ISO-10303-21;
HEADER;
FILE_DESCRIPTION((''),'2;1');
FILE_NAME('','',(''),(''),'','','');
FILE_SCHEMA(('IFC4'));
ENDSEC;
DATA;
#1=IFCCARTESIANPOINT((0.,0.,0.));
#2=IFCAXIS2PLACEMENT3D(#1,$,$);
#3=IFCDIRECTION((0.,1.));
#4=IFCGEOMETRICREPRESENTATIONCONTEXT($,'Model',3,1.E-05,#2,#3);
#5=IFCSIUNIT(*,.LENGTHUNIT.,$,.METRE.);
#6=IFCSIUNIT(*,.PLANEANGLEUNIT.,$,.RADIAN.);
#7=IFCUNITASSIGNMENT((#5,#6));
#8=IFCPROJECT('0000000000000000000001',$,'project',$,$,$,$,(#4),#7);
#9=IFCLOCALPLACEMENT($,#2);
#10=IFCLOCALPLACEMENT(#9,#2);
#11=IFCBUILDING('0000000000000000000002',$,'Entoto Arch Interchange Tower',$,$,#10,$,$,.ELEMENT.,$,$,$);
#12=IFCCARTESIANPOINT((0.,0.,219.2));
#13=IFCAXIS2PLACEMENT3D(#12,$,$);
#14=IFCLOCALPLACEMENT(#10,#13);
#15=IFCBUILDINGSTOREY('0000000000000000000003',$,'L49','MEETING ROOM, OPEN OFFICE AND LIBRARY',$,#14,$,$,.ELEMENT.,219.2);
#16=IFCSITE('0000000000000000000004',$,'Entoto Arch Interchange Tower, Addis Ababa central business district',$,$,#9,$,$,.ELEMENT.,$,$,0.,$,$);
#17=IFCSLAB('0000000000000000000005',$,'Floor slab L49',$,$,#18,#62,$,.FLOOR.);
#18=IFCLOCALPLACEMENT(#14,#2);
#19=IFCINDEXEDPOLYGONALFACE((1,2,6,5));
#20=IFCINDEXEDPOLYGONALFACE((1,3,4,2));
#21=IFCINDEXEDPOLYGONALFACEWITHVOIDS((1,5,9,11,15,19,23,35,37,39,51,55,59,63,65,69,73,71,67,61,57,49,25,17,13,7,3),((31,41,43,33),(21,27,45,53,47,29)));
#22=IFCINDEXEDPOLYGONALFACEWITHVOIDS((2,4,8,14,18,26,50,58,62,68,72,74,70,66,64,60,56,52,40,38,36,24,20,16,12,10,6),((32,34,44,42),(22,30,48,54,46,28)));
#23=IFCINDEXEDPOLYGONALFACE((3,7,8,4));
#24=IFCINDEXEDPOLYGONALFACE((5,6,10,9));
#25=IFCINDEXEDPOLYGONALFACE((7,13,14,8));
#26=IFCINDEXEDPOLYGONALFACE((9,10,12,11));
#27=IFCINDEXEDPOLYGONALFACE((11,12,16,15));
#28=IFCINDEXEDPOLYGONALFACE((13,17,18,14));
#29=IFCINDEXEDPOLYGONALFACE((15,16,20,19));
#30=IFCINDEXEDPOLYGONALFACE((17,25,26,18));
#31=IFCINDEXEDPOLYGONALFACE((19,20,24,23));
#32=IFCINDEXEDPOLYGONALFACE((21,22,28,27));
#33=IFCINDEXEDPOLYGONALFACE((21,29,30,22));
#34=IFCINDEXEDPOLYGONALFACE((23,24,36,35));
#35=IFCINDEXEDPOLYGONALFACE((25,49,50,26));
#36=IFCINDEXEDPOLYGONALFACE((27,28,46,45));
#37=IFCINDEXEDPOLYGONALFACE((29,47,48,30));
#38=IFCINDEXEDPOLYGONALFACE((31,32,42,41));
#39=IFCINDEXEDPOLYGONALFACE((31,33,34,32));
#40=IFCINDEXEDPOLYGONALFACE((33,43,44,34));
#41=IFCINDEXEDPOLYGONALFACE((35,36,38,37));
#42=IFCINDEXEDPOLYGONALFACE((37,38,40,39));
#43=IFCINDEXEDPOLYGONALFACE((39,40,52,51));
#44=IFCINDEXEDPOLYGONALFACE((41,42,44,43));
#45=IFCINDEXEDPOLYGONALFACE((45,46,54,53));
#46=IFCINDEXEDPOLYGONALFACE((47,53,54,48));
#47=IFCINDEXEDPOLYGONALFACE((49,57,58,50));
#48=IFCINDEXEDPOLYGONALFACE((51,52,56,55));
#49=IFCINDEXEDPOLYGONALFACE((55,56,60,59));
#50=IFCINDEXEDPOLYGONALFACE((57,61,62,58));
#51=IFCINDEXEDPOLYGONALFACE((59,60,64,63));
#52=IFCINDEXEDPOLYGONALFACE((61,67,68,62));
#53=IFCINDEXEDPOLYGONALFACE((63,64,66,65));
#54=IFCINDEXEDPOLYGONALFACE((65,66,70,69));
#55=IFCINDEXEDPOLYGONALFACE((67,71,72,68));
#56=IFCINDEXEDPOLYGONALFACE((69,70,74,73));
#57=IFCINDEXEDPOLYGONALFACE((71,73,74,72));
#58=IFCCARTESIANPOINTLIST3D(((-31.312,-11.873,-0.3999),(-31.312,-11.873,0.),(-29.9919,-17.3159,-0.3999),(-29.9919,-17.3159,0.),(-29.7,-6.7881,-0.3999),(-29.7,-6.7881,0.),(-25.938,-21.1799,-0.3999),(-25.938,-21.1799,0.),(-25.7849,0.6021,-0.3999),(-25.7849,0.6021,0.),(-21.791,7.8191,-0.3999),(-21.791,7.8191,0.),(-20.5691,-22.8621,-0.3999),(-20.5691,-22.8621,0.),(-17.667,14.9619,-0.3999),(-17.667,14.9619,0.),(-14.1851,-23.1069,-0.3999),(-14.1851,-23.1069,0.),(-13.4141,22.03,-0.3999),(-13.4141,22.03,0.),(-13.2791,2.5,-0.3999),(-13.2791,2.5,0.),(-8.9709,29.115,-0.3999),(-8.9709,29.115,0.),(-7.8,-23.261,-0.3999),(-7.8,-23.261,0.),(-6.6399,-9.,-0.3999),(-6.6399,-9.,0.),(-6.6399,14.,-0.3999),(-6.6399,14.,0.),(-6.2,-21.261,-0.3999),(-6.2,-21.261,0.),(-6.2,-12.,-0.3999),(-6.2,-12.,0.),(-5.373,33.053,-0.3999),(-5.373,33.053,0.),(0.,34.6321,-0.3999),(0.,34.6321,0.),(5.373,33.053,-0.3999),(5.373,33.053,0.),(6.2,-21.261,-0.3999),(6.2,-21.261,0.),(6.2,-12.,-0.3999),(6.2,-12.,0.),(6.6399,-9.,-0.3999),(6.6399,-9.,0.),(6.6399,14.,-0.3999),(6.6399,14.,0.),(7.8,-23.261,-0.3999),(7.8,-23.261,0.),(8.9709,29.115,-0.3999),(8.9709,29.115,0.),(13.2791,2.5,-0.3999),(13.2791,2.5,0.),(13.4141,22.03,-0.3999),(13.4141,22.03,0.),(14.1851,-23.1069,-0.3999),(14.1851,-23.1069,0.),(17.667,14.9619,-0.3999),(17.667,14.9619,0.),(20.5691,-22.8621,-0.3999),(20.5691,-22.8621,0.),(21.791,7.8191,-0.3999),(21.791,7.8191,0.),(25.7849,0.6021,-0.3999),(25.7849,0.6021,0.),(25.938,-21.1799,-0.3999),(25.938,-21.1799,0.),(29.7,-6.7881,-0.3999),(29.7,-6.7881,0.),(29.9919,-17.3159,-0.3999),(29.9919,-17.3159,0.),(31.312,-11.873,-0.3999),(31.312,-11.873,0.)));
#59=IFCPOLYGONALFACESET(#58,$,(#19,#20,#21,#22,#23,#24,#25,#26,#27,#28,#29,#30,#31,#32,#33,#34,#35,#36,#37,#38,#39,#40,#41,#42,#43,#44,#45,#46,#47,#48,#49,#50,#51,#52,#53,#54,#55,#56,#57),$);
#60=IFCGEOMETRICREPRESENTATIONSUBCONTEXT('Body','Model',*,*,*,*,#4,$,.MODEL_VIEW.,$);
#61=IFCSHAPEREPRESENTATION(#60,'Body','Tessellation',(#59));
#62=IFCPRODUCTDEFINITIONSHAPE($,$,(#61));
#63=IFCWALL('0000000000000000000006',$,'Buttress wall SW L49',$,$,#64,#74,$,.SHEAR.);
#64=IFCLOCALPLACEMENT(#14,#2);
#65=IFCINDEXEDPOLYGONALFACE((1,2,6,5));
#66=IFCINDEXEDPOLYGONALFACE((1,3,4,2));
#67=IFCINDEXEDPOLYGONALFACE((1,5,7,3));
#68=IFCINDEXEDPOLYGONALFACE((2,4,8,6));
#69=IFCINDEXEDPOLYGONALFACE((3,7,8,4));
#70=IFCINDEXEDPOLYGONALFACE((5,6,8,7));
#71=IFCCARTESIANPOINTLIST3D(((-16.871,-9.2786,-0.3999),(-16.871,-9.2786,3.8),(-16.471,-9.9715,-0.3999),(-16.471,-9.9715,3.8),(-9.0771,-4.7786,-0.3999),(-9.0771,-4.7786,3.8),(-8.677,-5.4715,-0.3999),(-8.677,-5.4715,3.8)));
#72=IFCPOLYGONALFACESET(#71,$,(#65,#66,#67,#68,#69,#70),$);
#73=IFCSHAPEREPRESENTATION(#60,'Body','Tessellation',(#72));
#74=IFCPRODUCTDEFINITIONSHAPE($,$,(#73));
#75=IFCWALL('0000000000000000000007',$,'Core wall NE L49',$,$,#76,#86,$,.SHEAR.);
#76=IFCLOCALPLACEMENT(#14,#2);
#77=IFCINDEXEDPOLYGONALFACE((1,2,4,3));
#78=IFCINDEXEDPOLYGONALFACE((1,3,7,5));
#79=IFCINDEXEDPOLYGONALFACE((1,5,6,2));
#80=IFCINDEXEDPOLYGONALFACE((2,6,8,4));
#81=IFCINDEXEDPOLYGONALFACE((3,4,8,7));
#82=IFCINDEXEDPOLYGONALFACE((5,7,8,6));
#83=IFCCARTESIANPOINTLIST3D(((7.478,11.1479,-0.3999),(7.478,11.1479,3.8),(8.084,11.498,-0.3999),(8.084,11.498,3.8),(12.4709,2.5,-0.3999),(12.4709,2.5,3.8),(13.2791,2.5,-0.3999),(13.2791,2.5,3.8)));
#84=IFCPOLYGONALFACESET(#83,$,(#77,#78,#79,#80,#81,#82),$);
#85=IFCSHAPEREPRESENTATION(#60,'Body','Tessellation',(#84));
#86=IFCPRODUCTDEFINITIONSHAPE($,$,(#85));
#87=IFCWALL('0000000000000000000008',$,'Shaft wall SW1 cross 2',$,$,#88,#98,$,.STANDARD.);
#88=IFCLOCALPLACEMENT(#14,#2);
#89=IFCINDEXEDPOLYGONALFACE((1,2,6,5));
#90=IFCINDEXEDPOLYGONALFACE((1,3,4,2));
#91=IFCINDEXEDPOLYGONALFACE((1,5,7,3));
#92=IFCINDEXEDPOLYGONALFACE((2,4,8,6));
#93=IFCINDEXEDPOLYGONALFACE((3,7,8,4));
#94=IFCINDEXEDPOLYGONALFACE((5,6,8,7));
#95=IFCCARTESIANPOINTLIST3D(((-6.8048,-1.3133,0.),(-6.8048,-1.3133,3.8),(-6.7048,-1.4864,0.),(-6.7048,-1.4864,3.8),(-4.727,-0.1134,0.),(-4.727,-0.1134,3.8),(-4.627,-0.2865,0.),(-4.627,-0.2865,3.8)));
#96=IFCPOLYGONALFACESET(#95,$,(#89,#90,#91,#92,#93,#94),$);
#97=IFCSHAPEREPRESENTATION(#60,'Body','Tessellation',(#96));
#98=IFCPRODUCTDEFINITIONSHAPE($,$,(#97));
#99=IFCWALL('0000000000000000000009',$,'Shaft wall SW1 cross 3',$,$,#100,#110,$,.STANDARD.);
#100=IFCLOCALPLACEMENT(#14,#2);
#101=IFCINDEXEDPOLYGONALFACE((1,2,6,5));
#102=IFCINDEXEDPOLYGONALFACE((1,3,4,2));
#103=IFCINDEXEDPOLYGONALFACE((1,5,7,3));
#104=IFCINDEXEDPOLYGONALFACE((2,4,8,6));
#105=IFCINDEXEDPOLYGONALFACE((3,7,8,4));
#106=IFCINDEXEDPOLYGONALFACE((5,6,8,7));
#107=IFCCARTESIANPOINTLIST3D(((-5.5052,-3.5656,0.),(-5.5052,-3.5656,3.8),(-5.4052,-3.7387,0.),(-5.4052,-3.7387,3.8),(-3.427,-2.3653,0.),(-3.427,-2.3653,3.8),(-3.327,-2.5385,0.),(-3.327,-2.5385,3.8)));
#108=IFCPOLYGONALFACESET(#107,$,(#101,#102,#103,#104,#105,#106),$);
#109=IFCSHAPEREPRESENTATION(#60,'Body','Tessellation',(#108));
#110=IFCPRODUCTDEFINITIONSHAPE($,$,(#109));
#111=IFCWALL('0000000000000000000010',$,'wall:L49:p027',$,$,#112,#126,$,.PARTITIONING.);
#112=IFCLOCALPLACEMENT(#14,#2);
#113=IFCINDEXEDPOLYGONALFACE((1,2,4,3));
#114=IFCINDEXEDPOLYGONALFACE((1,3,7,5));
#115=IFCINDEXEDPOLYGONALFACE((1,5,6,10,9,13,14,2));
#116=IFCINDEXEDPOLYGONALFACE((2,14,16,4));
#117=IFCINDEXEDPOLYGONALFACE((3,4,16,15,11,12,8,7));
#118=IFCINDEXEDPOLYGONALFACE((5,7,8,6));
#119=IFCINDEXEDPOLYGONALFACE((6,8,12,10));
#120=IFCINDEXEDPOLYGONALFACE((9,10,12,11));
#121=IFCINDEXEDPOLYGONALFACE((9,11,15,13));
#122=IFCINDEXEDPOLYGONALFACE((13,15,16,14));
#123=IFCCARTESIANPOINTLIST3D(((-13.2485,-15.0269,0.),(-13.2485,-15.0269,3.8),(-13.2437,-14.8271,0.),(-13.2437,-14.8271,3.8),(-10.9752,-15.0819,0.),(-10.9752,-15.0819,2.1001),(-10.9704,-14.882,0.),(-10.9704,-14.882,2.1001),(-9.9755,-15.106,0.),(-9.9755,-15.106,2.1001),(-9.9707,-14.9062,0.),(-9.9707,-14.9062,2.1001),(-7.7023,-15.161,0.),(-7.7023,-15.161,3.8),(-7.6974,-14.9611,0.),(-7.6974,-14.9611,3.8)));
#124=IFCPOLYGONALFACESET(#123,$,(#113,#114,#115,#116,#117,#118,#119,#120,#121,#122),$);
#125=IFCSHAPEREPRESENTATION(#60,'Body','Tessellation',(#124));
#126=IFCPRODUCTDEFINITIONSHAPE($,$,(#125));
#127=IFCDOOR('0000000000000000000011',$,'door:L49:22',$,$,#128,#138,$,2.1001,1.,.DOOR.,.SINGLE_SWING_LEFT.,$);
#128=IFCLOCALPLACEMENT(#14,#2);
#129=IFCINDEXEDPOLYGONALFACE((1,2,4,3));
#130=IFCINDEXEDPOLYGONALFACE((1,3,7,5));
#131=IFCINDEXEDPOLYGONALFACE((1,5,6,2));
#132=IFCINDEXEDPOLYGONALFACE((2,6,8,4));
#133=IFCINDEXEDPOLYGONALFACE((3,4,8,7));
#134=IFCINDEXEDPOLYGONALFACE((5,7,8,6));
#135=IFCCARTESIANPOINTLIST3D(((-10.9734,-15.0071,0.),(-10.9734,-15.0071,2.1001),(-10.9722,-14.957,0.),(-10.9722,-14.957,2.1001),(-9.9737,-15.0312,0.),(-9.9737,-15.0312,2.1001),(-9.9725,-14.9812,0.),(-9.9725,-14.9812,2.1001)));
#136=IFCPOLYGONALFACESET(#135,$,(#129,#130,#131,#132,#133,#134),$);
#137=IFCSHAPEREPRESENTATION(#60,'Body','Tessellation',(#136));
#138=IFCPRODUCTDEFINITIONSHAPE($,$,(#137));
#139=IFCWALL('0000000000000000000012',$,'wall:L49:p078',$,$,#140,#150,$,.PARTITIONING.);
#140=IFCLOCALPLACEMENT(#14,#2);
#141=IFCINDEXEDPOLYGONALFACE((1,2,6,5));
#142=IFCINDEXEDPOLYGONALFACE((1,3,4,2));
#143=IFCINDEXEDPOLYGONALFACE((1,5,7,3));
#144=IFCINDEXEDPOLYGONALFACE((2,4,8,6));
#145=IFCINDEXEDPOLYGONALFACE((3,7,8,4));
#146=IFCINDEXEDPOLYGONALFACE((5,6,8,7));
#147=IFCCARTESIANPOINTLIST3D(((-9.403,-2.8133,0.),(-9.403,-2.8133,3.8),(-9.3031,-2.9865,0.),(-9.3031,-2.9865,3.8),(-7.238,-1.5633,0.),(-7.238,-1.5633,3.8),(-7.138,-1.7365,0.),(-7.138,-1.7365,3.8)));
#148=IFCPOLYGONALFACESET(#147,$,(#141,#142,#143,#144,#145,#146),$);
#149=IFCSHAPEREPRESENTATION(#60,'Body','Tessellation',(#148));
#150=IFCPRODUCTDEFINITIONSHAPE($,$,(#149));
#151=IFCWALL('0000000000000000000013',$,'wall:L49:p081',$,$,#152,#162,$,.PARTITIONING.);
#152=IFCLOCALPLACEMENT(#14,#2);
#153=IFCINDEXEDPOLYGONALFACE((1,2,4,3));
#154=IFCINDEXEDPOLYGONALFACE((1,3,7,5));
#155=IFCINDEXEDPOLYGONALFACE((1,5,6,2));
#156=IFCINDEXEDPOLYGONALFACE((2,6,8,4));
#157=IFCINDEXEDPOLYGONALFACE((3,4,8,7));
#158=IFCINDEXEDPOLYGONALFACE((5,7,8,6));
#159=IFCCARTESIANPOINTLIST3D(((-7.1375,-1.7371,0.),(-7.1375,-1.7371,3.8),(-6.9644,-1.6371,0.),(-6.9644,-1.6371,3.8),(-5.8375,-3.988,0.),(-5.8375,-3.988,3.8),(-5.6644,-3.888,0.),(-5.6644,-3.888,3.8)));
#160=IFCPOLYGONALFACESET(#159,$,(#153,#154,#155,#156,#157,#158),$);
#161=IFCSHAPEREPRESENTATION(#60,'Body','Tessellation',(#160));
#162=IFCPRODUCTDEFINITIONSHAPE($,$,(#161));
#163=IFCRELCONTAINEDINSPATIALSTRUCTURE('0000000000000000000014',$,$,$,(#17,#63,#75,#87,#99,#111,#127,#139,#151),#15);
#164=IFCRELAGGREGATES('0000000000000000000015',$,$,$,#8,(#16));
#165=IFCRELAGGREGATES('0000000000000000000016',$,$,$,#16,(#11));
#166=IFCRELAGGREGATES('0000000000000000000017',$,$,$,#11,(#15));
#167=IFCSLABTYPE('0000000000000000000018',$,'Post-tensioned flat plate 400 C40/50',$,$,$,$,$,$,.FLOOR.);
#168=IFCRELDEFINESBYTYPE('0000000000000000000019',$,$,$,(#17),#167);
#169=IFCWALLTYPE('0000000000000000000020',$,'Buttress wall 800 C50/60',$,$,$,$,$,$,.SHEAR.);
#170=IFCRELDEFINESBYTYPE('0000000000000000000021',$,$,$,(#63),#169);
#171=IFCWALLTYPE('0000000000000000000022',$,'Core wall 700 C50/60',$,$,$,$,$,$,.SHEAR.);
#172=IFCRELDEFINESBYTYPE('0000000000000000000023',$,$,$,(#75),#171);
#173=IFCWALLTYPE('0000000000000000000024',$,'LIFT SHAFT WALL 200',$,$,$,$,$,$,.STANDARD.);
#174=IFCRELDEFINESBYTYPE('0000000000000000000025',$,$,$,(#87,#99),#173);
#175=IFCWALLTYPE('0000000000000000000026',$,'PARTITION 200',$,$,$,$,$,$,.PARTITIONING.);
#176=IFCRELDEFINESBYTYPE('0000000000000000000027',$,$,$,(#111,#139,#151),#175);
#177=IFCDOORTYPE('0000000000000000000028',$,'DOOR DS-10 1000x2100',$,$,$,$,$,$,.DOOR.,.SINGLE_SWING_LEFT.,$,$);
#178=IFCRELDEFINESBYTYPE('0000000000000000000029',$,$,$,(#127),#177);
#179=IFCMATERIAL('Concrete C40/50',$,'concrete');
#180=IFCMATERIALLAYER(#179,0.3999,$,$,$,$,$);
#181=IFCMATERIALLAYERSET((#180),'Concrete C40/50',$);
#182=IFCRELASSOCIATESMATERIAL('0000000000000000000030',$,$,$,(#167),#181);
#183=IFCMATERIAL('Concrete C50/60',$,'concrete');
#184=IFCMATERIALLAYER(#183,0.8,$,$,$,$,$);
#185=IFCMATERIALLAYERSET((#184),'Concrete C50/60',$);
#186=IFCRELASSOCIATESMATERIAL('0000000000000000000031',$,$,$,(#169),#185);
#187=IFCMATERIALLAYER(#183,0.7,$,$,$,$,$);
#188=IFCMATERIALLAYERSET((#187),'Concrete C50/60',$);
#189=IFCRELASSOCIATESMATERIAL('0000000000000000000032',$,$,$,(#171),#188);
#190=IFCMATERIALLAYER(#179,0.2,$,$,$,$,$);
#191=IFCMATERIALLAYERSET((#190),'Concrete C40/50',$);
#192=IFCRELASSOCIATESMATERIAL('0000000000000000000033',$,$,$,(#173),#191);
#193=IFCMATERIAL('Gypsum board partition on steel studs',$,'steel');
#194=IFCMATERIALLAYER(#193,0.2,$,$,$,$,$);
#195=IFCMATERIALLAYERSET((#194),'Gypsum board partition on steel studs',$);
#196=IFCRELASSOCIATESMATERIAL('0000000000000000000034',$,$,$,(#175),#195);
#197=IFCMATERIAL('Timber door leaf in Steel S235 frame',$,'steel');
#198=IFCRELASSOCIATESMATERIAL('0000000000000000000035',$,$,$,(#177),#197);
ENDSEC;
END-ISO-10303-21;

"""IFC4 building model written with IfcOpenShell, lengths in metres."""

from ifc_helpers import new_model, si_unit, direction, frame, frame_2d, origin, place, context, subcontext, project, spatial, polyline, rectangle, outline, extrude, material, layer, layer_set, type_object, element, fill, save


model = new_model("IFC4")

# Units and contexts
model_context = context("Model", 3, precision=1e-05, world=origin(), true_north=direction((0.0, 1.0)))
body_context = subcontext(model_context, "Body", "Model", "MODEL_VIEW")
ifc_project = project(units=[si_unit("LENGTHUNIT", "METRE"), si_unit("PLANEANGLEUNIT", "RADIAN")], contexts=[model_context])

# Site, building, storey
site_placement = place(None, origin())
site = spatial("IfcSite", under=ifc_project, at=site_placement, Name="Entoto Arch Interchange Tower, Addis Ababa central business district", CompositionType="ELEMENT", RefElevation=0.0)
building_placement = place(site_placement, origin())
building = spatial("IfcBuilding", under=site, at=building_placement, Name="Entoto Arch Interchange Tower", CompositionType="ELEMENT")
storey_placement = place(building_placement, frame((0.0, 0.0, 219.2)))
storey = spatial("IfcBuildingStorey", under=building, at=storey_placement, Name="L49", Description="MEETING ROOM, OPEN OFFICE AND LIBRARY", CompositionType="ELEMENT", Elevation=219.2)

# Slab
ifc_material_1 = material(Name="Concrete C40/50", Category="concrete")
ifc_layer_1 = layer(ifc_material_1, 0.3999)
ifc_layer_set_1 = layer_set([ifc_layer_1], Name="Concrete C40/50")
slab_type = type_object("IfcSlabType", Name="Post-tensioned flat plate 400 C40/50", PredefinedType="FLOOR", material=ifc_layer_set_1)
slab_placement = place(storey_placement, frame((0.0, 0.0, -0.3999)))
element("IfcSlab", 1, at=slab_placement, inside=storey, type_object=slab_type, Name="Floor slab L49", PredefinedType="FLOOR", context=body_context, shape_type="SweptSolid", body=[
    extrude(outline(polyline([(-20.5691, -22.8621), (-14.1851, -23.1069), (-7.8, -23.261), (7.8, -23.261), (14.1851, -23.1069), (20.5691, -22.8621), (25.938, -21.1799), (29.9919, -17.3159), (31.312, -11.873), (29.7, -6.7881), (25.7849, 0.6021), (21.791, 7.8191), (17.667, 14.9619), (13.4141, 22.03), (8.9709, 29.115), (5.373, 33.053), (0.0, 34.6321), (-5.373, 33.053), (-8.9709, 29.115), (-13.4141, 22.03), (-17.667, 14.9619), (-21.791, 7.8191), (-25.7849, 0.6021), (-29.7, -6.7881), (-31.312, -11.873), (-29.9919, -17.3159), (-25.938, -21.1799), (-20.5691, -22.8621)]), holes=[polyline([(6.2, -21.261), (6.2, -12.0), (-6.2, -12.0), (-6.2, -21.261), (6.2, -21.261)]), polyline([(13.2791, 2.5), (6.6399, 14.0), (-6.6399, 14.0), (-13.2791, 2.5), (-6.6399, -9.0), (6.6399, -9.0), (13.2791, 2.5)])]), origin(), (0.0, 0.0, 1.0), 0.3999),
])

# Walls
ifc_material_2 = material(Name="Concrete C50/60", Category="concrete")
ifc_layer_2 = layer(ifc_material_2, 0.8)
ifc_layer_set_2 = layer_set([ifc_layer_2], Name="Concrete C50/60")
wall_type_1 = type_object("IfcWallType", Name="Buttress wall 800 C50/60", PredefinedType="SHEAR", material=ifc_layer_set_2)
wall_1_placement = place(storey_placement, frame((-8.877, -5.125, -0.3999), z_axis=(0.0, 0.0, 1.0), x_axis=(-0.866018, -0.500014, 0.0)))
element("IfcWall", 2, at=wall_1_placement, inside=storey, type_object=wall_type_1, Name="Buttress wall SW L49", PredefinedType="SHEAR", context=body_context, shape_type="SweptSolid", body=[
    extrude(rectangle(XDim=8.9998, YDim=0.8, at=frame_2d((4.5, 0.0))), origin(), (0.0, 0.0, 1.0), 4.2),
])
ifc_layer_3 = layer(ifc_material_2, 0.7)
ifc_layer_set_3 = layer_set([ifc_layer_3], Name="Concrete C50/60")
wall_type_2 = type_object("IfcWallType", Name="Core wall 700 C50/60", PredefinedType="SHEAR", material=ifc_layer_set_3)
wall_2_placement = place(storey_placement, frame((0.0, 0.0, -0.3999)))
element("IfcWall", 3, at=wall_2_placement, inside=storey, type_object=wall_type_2, Name="Core wall NE L49", PredefinedType="SHEAR", context=body_context, shape_type="SweptSolid", body=[
    extrude(outline(polyline([(8.084, 11.498), (7.478, 11.1479), (12.4709, 2.5), (13.2791, 2.5), (8.084, 11.498)])), origin(), (0.0, 0.0, 1.0), 4.2),
])
ifc_layer_4 = layer(ifc_material_1, 0.2)
ifc_layer_set_4 = layer_set([ifc_layer_4], Name="Concrete C40/50")
wall_type_3 = type_object("IfcWallType", Name="LIFT SHAFT WALL 200", PredefinedType="STANDARD", material=ifc_layer_set_4)
wall_3_placement = place(storey_placement, frame((-4.677, -0.2, 0.0), z_axis=(0.0, 0.0, 1.0), x_axis=(-0.865974, -0.500089, 0.0)))
element("IfcWall", 4, at=wall_3_placement, inside=storey, type_object=wall_type_3, Name="Shaft wall SW1 cross 2", PredefinedType="STANDARD", context=body_context, shape_type="SweptSolid", body=[
    extrude(rectangle(XDim=2.3994, YDim=0.2, at=frame_2d((1.1997, 0.0))), origin(), (0.0, 0.0, 1.0), 3.8),
])
wall_4_placement = place(storey_placement, frame((-3.377, -2.4519, 0.0), z_axis=(0.0, 0.0, 1.0), x_axis=(-0.865955, -0.500122, 0.0)))
element("IfcWall", 5, at=wall_4_placement, inside=storey, type_object=wall_type_3, Name="Shaft wall SW1 cross 3", PredefinedType="STANDARD", context=body_context, shape_type="SweptSolid", body=[
    extrude(rectangle(XDim=2.3999, YDim=0.2, at=frame_2d((1.2, 0.0))), origin(), (0.0, 0.0, 1.0), 3.8),
])

# Wall, opening, door
ifc_material_3 = material(Name="Gypsum board partition on steel studs", Category="steel")
ifc_layer_5 = layer(ifc_material_3, 0.2)
ifc_layer_set_5 = layer_set([ifc_layer_5], Name="Gypsum board partition on steel studs")
wall_type_4 = type_object("IfcWallType", Name="PARTITION 200", PredefinedType="PARTITIONING", material=ifc_layer_set_5)
wall_5_placement = place(storey_placement, frame((-13.2461, -14.927, 0.0), z_axis=(0.0, 0.0, 1.0), x_axis=(0.999708, -0.02416, 0.0)))
wall_5 = element("IfcWall", 6, at=wall_5_placement, inside=storey, type_object=wall_type_4, Name="wall:L49:p027", PredefinedType="PARTITIONING", context=body_context, shape_type="SweptSolid", body=[
    extrude(rectangle(XDim=5.5479, YDim=0.2, at=frame_2d((2.7739, 0.0))), origin(), (0.0, 0.0, 1.0), 3.8),
])
opening_1_placement = place(wall_5_placement, frame((2.2739, 0.0, 0.0)))
opening_1 = element("IfcOpeningElement", 7, at=opening_1_placement, cuts=wall_5, PredefinedType="OPENING", context=body_context, shape_type="SweptSolid", body=[
    extrude(rectangle(XDim=1.0, YDim=2.1001, at=frame_2d((0.5, 1.05))), frame((0.0, 0.1099, 0.0), z_axis=(0.0, -1.0, 0.0), x_axis=(1.0, 0.0, 0.0)), (0.0, 0.0, 1.0), 0.22),
])
ifc_material_4 = material(Name="Timber door leaf in Steel S235 frame", Category="steel")
door_type_1 = type_object("IfcDoorType", Name="DOOR DS-10 1000x2100", OperationType="SINGLE_SWING_LEFT", PredefinedType="DOOR", material=ifc_material_4)
door_1_placement = place(opening_1_placement, origin())
door_1 = element("IfcDoor", 8, at=door_1_placement, inside=storey, type_object=door_type_1, Name="door:L49:22", OperationType="SINGLE_SWING_LEFT", OverallHeight=2.1001, OverallWidth=1.0, PredefinedType="DOOR", context=body_context, shape_type="SweptSolid", body=[
    extrude(rectangle(XDim=1.0, YDim=2.1001, at=frame_2d((0.5, 1.05))), frame((0.0, 0.0249, 0.0), z_axis=(0.0, -1.0, 0.0), x_axis=(1.0, 0.0, 0.0)), (0.0, 0.0, 1.0), 0.05),
])
fill(opening_1, door_1)

# Walls
wall_6_placement = place(storey_placement, frame((-7.188, -1.6499, 0.0), z_axis=(0.0, 0.0, 1.0), x_axis=(-0.866023, -0.500004, 0.0)))
element("IfcWall", 9, at=wall_6_placement, inside=storey, type_object=wall_type_4, Name="wall:L49:p078", PredefinedType="PARTITIONING", context=body_context, shape_type="SweptSolid", body=[
    extrude(rectangle(XDim=2.5, YDim=0.2, at=frame_2d((1.25, 0.0))), origin(), (0.0, 0.0, 1.0), 3.8),
])
wall_7_placement = place(storey_placement, frame((-7.051, -1.687, 0.0), z_axis=(0.0, 0.0, 1.0), x_axis=(0.500129, -0.865951, 0.0)))
element("IfcWall", 10, at=wall_7_placement, inside=storey, type_object=wall_type_4, Name="wall:L49:p081", PredefinedType="PARTITIONING", context=body_context, shape_type="SweptSolid", body=[
    extrude(rectangle(XDim=2.5994, YDim=0.2, at=frame_2d((1.2998, 0.0))), origin(), (0.0, 0.0, 1.0), 3.8),
])

save(model, "model.ifc")
